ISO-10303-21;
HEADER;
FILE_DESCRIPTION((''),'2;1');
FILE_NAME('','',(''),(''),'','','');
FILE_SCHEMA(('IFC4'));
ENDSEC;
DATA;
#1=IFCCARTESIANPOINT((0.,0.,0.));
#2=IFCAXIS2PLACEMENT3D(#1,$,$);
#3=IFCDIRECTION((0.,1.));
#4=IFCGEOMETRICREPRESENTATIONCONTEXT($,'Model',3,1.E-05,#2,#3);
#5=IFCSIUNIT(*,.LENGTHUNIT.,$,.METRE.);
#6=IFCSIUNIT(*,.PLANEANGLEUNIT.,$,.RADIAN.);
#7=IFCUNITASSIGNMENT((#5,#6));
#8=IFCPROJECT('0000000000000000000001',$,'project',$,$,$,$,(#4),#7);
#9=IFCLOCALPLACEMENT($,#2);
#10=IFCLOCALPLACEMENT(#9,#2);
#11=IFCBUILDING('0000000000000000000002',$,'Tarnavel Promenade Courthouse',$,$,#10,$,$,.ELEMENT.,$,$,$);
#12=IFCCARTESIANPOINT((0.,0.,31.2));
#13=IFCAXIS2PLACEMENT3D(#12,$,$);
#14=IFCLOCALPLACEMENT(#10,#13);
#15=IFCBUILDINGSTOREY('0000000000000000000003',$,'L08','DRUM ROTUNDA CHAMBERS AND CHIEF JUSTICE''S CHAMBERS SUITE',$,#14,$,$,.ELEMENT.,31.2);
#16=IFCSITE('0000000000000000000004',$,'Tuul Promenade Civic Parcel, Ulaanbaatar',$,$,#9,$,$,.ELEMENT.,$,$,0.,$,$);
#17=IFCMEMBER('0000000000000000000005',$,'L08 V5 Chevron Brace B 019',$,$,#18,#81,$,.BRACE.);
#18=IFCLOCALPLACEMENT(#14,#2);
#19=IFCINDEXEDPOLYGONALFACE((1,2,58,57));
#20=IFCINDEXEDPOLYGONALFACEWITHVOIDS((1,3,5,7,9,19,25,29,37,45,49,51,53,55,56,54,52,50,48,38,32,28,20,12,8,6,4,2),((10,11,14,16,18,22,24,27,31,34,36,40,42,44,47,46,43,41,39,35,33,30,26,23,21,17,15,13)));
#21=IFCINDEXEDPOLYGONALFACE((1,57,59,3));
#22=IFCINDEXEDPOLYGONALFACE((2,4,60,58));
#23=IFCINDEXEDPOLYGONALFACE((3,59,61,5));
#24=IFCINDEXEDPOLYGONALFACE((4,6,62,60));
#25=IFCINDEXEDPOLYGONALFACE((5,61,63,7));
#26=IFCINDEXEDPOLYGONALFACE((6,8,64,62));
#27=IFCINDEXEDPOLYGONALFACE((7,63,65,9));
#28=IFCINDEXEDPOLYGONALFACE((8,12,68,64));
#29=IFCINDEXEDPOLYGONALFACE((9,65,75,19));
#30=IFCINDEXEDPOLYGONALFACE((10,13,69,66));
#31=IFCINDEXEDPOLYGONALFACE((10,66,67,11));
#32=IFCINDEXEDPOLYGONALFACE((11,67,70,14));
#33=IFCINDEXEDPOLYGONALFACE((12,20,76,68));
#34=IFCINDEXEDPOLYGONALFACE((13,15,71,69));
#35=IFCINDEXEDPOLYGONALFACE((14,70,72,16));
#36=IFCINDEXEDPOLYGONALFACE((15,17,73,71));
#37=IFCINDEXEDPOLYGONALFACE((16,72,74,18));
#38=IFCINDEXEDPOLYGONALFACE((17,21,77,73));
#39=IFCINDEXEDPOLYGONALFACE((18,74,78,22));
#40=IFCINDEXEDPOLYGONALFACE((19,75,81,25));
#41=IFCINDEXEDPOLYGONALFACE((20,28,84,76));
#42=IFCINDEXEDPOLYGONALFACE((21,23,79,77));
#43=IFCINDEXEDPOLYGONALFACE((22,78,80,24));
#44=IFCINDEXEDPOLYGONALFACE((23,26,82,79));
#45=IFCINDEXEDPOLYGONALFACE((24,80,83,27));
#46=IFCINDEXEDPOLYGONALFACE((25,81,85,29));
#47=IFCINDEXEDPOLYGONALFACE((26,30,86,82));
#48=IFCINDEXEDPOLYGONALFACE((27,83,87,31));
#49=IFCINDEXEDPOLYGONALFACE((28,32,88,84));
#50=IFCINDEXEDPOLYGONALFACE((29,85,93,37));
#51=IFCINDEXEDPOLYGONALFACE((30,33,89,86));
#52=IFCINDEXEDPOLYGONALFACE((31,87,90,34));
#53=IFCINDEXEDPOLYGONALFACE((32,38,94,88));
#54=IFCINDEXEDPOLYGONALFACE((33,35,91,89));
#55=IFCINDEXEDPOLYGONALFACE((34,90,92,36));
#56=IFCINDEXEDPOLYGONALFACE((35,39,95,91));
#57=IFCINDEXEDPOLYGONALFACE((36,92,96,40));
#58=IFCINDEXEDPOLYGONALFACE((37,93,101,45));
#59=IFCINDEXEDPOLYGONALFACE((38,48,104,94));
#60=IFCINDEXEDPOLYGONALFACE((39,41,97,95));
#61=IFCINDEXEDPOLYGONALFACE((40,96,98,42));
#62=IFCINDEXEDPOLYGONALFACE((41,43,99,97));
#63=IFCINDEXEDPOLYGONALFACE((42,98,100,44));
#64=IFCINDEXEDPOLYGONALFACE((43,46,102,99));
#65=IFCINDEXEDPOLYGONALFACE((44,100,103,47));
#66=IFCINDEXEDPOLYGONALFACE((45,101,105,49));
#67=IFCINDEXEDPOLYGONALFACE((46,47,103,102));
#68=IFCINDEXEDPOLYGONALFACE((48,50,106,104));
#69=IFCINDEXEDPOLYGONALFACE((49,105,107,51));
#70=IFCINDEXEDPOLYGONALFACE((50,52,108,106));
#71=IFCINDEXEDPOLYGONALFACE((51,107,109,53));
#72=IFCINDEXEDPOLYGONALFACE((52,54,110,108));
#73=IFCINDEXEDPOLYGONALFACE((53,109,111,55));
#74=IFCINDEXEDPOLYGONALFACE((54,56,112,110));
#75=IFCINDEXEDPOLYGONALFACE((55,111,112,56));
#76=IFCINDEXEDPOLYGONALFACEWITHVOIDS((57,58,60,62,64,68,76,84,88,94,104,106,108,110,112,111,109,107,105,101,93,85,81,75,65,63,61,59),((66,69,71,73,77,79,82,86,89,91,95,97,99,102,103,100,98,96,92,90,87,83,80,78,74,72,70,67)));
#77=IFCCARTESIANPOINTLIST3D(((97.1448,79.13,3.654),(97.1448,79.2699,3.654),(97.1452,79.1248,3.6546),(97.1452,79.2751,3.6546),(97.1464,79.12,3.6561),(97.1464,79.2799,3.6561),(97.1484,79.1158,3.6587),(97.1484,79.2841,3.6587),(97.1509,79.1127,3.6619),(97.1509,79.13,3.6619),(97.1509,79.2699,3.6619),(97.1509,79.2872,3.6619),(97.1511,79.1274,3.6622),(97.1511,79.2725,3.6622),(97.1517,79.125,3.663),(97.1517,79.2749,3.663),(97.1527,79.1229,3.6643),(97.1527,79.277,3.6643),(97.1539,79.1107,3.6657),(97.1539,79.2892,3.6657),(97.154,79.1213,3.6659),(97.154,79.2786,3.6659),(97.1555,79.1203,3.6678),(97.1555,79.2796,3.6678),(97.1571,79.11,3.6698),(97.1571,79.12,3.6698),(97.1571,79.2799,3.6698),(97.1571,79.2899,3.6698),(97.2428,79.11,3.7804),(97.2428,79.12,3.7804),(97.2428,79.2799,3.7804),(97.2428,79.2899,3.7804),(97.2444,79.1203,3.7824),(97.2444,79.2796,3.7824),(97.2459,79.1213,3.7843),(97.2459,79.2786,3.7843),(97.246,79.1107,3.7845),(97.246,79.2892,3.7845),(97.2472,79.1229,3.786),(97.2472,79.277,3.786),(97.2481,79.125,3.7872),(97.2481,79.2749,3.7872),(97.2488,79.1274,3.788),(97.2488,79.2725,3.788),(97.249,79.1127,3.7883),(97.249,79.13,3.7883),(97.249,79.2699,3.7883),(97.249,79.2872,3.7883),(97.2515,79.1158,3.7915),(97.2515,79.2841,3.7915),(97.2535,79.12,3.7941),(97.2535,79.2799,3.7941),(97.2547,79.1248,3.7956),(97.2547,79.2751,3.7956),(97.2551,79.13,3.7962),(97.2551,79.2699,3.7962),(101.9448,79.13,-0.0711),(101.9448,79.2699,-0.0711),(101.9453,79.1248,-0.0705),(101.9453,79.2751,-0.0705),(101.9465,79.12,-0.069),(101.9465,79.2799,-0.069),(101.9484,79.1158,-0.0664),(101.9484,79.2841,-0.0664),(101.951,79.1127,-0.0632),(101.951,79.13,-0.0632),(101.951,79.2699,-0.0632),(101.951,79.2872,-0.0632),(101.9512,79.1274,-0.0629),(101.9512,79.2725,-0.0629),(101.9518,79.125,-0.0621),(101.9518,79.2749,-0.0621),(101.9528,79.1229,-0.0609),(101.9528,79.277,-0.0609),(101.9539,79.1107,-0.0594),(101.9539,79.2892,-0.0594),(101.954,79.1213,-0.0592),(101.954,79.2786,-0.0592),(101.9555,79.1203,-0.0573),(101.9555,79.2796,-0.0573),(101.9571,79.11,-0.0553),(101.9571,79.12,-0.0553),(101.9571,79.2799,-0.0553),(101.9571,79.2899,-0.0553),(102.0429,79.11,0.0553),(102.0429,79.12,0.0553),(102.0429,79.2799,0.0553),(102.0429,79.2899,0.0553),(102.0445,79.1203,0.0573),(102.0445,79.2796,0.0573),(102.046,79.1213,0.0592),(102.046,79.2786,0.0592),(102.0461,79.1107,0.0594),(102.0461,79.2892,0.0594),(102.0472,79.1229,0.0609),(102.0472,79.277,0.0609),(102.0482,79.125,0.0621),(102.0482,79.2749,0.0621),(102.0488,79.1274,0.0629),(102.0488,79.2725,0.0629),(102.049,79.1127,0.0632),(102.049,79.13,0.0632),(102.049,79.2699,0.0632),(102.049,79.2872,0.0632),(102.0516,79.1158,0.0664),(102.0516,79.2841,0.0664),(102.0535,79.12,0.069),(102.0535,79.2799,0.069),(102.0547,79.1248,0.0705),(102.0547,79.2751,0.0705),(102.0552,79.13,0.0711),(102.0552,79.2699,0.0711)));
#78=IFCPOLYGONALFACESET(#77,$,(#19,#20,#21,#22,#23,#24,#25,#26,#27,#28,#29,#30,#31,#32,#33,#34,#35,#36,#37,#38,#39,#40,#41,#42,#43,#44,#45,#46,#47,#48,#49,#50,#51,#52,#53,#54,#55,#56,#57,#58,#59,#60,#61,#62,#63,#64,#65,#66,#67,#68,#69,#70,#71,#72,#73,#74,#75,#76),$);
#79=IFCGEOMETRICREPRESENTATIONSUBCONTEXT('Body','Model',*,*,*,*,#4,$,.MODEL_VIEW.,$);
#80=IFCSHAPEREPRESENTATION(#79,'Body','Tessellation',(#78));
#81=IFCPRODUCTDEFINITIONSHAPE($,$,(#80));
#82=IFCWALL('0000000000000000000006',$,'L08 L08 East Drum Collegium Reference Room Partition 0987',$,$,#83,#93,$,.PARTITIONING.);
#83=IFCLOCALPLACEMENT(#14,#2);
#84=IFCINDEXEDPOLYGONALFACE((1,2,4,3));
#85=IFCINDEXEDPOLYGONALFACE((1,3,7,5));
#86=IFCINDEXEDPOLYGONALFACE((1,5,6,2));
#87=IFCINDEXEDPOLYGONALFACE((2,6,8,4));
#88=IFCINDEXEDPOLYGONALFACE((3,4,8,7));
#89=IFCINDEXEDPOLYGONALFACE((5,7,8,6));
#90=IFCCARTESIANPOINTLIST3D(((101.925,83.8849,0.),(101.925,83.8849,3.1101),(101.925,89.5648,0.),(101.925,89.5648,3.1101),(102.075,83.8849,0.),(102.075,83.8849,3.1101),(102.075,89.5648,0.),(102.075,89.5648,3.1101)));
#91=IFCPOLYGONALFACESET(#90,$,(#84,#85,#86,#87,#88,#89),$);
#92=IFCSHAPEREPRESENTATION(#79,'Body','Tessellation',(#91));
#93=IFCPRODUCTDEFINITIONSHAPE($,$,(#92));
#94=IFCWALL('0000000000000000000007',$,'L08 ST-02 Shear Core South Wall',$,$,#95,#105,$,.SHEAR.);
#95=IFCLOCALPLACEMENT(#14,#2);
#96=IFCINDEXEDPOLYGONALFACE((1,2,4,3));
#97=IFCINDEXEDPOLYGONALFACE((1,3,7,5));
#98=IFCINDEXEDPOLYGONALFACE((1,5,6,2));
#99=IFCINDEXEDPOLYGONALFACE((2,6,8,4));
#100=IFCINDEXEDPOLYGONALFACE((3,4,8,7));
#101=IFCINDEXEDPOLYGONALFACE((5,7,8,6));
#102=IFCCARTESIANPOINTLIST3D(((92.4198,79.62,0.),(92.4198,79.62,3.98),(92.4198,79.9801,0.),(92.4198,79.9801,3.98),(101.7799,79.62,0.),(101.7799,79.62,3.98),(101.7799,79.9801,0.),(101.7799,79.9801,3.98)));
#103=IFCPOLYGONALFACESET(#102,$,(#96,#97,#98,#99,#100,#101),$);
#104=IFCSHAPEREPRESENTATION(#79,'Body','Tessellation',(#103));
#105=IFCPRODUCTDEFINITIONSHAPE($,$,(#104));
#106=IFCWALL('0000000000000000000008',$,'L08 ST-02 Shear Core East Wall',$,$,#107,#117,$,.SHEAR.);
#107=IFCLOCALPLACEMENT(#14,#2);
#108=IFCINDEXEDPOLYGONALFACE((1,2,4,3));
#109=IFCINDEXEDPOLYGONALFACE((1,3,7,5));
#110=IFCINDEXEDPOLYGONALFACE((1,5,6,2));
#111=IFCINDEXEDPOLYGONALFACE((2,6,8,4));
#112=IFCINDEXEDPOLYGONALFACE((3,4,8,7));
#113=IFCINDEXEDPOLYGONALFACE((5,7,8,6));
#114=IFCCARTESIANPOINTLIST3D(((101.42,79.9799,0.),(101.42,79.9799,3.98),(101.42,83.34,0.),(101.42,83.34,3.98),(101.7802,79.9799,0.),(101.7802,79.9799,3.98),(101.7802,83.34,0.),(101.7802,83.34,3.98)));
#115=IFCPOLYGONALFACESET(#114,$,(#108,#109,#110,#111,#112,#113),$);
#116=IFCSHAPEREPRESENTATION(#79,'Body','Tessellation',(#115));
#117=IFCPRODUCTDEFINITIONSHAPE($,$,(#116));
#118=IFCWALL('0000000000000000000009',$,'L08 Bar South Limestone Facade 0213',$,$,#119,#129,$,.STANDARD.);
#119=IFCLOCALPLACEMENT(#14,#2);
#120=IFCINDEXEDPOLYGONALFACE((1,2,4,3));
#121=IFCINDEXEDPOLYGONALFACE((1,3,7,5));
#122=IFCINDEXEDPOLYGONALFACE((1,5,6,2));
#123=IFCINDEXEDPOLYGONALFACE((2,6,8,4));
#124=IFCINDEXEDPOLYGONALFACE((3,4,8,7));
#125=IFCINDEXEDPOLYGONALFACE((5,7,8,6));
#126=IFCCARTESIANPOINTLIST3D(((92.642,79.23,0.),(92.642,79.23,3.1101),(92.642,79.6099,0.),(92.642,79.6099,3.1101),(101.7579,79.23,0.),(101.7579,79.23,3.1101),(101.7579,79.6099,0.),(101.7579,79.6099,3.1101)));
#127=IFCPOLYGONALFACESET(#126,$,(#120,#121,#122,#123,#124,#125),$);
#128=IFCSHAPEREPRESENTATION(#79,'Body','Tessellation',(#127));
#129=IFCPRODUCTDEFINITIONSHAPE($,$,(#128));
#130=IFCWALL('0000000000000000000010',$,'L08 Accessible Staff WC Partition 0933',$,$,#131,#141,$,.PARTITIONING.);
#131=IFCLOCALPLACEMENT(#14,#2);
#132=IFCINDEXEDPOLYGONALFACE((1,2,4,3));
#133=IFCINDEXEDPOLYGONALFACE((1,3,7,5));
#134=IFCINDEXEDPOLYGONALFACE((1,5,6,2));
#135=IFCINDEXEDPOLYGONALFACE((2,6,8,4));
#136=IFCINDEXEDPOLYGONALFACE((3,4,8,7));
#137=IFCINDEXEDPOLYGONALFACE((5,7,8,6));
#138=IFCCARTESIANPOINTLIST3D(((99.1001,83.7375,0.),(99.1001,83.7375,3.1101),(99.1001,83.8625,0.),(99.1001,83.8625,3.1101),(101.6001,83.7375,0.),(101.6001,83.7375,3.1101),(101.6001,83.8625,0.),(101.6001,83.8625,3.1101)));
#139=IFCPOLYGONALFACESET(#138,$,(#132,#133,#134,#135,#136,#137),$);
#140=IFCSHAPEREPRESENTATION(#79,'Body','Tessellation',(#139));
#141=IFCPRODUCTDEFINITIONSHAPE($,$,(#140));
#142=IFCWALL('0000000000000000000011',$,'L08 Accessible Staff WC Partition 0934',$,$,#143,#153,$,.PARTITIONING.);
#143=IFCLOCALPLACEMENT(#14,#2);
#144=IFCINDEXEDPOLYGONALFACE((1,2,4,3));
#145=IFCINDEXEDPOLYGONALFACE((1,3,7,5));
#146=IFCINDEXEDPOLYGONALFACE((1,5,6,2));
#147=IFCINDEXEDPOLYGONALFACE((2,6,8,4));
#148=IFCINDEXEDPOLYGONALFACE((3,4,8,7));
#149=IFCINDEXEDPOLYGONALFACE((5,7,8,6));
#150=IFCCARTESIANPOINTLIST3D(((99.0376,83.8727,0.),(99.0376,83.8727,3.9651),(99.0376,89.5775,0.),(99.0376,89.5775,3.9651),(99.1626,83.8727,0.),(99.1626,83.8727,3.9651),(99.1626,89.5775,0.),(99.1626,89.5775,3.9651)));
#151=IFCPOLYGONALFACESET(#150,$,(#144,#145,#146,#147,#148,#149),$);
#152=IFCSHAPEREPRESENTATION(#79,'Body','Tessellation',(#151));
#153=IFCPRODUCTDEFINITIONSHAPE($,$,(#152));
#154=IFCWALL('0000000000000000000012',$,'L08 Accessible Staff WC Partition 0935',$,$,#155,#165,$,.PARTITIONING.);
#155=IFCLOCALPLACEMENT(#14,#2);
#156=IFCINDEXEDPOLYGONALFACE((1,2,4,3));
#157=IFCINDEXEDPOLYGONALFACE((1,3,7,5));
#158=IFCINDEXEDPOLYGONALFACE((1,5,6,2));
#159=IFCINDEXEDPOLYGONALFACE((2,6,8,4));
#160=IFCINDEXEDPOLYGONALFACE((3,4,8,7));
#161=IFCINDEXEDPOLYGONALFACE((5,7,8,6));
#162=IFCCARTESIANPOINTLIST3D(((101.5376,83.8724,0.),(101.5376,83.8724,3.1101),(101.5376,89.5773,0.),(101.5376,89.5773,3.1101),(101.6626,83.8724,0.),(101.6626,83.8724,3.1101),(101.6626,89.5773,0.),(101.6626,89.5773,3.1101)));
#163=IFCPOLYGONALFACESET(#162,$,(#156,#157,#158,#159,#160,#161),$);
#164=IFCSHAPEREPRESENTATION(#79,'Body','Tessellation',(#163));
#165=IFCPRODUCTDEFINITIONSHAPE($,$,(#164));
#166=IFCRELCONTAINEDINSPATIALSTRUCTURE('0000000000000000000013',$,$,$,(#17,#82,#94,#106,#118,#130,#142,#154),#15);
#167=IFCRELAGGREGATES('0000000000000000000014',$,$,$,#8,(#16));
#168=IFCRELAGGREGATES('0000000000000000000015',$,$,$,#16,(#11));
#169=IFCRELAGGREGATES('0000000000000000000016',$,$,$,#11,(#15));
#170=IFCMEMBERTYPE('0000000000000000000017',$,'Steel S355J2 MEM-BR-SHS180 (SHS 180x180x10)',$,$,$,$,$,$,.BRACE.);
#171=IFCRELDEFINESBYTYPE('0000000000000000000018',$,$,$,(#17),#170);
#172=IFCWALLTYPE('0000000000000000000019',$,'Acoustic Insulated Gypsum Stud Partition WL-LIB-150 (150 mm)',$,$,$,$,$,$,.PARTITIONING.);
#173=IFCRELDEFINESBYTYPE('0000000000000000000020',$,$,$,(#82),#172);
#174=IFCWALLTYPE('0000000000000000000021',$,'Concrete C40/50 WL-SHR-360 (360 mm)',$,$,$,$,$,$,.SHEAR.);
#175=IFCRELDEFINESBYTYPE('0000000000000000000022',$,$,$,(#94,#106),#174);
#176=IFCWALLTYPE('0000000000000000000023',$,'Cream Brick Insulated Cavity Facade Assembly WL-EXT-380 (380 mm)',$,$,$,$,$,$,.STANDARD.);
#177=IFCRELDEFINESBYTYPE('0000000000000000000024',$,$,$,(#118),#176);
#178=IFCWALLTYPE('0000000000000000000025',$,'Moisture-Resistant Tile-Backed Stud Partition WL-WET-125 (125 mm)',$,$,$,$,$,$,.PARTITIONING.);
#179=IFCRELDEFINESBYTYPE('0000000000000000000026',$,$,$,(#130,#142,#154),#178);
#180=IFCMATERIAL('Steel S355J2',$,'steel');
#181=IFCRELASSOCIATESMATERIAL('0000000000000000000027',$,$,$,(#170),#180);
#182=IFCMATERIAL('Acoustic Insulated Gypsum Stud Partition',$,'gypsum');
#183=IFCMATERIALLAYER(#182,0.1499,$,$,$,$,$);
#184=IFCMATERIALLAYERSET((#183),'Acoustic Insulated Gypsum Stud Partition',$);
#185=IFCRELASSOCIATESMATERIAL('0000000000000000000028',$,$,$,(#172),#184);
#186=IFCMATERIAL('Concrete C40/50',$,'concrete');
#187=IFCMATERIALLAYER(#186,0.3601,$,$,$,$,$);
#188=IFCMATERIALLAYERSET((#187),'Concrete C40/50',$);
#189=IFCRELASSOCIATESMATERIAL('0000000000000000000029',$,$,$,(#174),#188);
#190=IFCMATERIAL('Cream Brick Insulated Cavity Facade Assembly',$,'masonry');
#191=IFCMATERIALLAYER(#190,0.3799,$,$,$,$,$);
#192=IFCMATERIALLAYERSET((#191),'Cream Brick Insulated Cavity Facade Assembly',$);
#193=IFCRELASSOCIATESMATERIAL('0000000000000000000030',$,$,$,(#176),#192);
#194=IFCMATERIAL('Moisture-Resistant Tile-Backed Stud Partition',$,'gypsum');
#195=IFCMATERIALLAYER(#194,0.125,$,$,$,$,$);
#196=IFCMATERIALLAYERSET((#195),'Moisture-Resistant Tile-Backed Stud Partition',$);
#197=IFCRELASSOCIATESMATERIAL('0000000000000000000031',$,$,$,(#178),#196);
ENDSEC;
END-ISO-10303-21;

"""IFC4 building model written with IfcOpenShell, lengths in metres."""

from ifc_helpers import new_model, si_unit, direction, frame, frame_2d, origin, origin_2d, place, context, subcontext, project, spatial, rectangle, hollow_rectangle, extrude, material, layer, layer_set, material_profile, profile_set, type_object, element, save


model = new_model("IFC4")

# Units and contexts
model_context = context("Model", 3, precision=1e-05, world=origin(), true_north=direction((0.0, 1.0)))
body_context = subcontext(model_context, "Body", "Model", "MODEL_VIEW")
ifc_project = project(units=[si_unit("LENGTHUNIT", "METRE"), si_unit("PLANEANGLEUNIT", "RADIAN")], contexts=[model_context])

# Site, building, storey
site_placement = place(None, origin())
site = spatial("IfcSite", under=ifc_project, at=site_placement, Name="Tuul Promenade Civic Parcel, Ulaanbaatar", CompositionType="ELEMENT", RefElevation=0.0)
building_placement = place(site_placement, origin())
building = spatial("IfcBuilding", under=site, at=building_placement, Name="Tarnavel Promenade Courthouse", CompositionType="ELEMENT")
storey_placement = place(building_placement, frame((0.0, 0.0, 31.2)))
storey = spatial("IfcBuildingStorey", under=building, at=storey_placement, Name="L08", Description="DRUM ROTUNDA CHAMBERS AND CHIEF JUSTICE'S CHAMBERS SUITE", CompositionType="ELEMENT", Elevation=31.2)

# Shared definitions
ifc_material_1 = material(Name="Concrete C40/50", Category="concrete")

# Shared definitions
ifc_material_2 = material(Name="Steel S355J2", Category="steel")

# Member
ifc_material_profile_1 = material_profile(ifc_material_2, hollow_rectangle(XDim=0.1799, YDim=0.1799, WallThickness=0.01, InnerFilletRadius=0.01, OuterFilletRadius=0.02, at=origin_2d()), Name="SHS 180x180x10")
ifc_profile_set_1 = profile_set([ifc_material_profile_1], Name="Steel S355J2")
member_type = type_object("IfcMemberType", Name="Steel S355J2 MEM-BR-SHS180 (SHS 180x180x10)", PredefinedType="BRACE", material=ifc_profile_set_1)
member_placement = place(storey_placement, frame((102.0, 79.2, 0.0), z_axis=(-0.790012, 0.0, 0.613092), x_axis=(0.0, -1.0, 0.0)))
element("IfcMember", 1, at=member_placement, inside=storey, type_object=member_type, Name="L08 V5 Chevron Brace B 019", PredefinedType="BRACE", context=body_context, shape_type="SweptSolid", body=[
    extrude(hollow_rectangle(XDim=0.1799, YDim=0.1799, WallThickness=0.01, InnerFilletRadius=0.01, OuterFilletRadius=0.02, at=origin_2d()), origin(), (0.0, 0.0, 1.0), 6.0759),
])

# Walls
ifc_material_3 = material(Name="Acoustic Insulated Gypsum Stud Partition", Category="gypsum")
ifc_layer_1 = layer(ifc_material_3, 0.1499)
ifc_layer_set_1 = layer_set([ifc_layer_1], Name="Acoustic Insulated Gypsum Stud Partition")
wall_type_1 = type_object("IfcWallType", Name="Acoustic Insulated Gypsum Stud Partition WL-LIB-150 (150 mm)", PredefinedType="PARTITIONING", material=ifc_layer_set_1)
wall_1_placement = place(storey_placement, frame((102.0, 83.885, 0.0), z_axis=(0.0, 0.0, 1.0), x_axis=(0.0, 1.0, 0.0)))
element("IfcWall", 2, at=wall_1_placement, inside=storey, type_object=wall_type_1, Name="L08 L08 East Drum Collegium Reference Room Partition 0987", PredefinedType="PARTITIONING", context=body_context, shape_type="SweptSolid", body=[
    extrude(rectangle(XDim=5.6799, YDim=0.1499, at=frame_2d((2.8398, 0.0))), origin(), (0.0, 0.0, 1.0), 3.1101),
])
ifc_layer_2 = layer(ifc_material_1, 0.3601)
ifc_layer_set_2 = layer_set([ifc_layer_2], Name="Concrete C40/50")
wall_type_2 = type_object("IfcWallType", Name="Concrete C40/50 WL-SHR-360 (360 mm)", PredefinedType="SHEAR", material=ifc_layer_set_2)
wall_2_placement = place(storey_placement, frame((101.78, 79.8, 0.0), z_axis=(0.0, 0.0, 1.0), x_axis=(-1.0, 0.0, 0.0)))
element("IfcWall", 3, at=wall_2_placement, inside=storey, type_object=wall_type_2, Name="L08 ST-02 Shear Core South Wall", PredefinedType="SHEAR", context=body_context, shape_type="SweptSolid", body=[
    extrude(rectangle(XDim=9.3601, YDim=0.3601, at=frame_2d((4.6802, 0.0))), origin(), (0.0, 0.0, 1.0), 3.98),
])
wall_3_placement = place(storey_placement, frame((101.6001, 83.3401, 0.0), z_axis=(0.0, 0.0, 1.0), x_axis=(0.0, -1.0, 0.0)))
element("IfcWall", 4, at=wall_3_placement, inside=storey, type_object=wall_type_2, Name="L08 ST-02 Shear Core East Wall", PredefinedType="SHEAR", context=body_context, shape_type="SweptSolid", body=[
    extrude(rectangle(XDim=3.3601, YDim=0.3601, at=frame_2d((1.6802, 0.0))), origin(), (0.0, 0.0, 1.0), 3.98),
])
ifc_material_4 = material(Name="Cream Brick Insulated Cavity Facade Assembly", Category="masonry")
ifc_layer_3 = layer(ifc_material_4, 0.3799)
ifc_layer_set_3 = layer_set([ifc_layer_3], Name="Cream Brick Insulated Cavity Facade Assembly")
wall_type_3 = type_object("IfcWallType", Name="Cream Brick Insulated Cavity Facade Assembly WL-EXT-380 (380 mm)", PredefinedType="STANDARD", material=ifc_layer_set_3)
wall_4_placement = place(storey_placement, frame((101.7581, 79.4199, 0.0), z_axis=(0.0, 0.0, 1.0), x_axis=(-1.0, 0.0, 0.0)))
element("IfcWall", 5, at=wall_4_placement, inside=storey, type_object=wall_type_3, Name="L08 Bar South Limestone Facade 0213", PredefinedType="STANDARD", context=body_context, shape_type="SweptSolid", body=[
    extrude(rectangle(XDim=9.116, YDim=0.3799, at=frame_2d((4.5581, 0.0))), origin(), (0.0, 0.0, 1.0), 3.1101),
])
ifc_material_5 = material(Name="Moisture-Resistant Tile-Backed Stud Partition", Category="gypsum")
ifc_layer_4 = layer(ifc_material_5, 0.125)
ifc_layer_set_4 = layer_set([ifc_layer_4], Name="Moisture-Resistant Tile-Backed Stud Partition")
wall_type_4 = type_object("IfcWallType", Name="Moisture-Resistant Tile-Backed Stud Partition WL-WET-125 (125 mm)", PredefinedType="PARTITIONING", material=ifc_layer_set_4)
wall_5_placement = place(storey_placement, frame((101.6001, 83.8, 0.0), z_axis=(0.0, 0.0, 1.0), x_axis=(-1.0, 0.0, 0.0)))
element("IfcWall", 6, at=wall_5_placement, inside=storey, type_object=wall_type_4, Name="L08 Accessible Staff WC Partition 0933", PredefinedType="PARTITIONING", context=body_context, shape_type="SweptSolid", body=[
    extrude(rectangle(XDim=2.5, YDim=0.125, at=frame_2d((1.25, 0.0))), origin(), (0.0, 0.0, 1.0), 3.1101),
])
wall_6_placement = place(storey_placement, frame((99.1001, 83.8726, 0.0), z_axis=(0.0, 0.0, 1.0), x_axis=(0.0, 1.0, 0.0)))
element("IfcWall", 7, at=wall_6_placement, inside=storey, type_object=wall_type_4, Name="L08 Accessible Staff WC Partition 0934", PredefinedType="PARTITIONING", context=body_context, shape_type="SweptSolid", body=[
    extrude(rectangle(XDim=5.7048, YDim=0.125, at=frame_2d((2.8525, 0.0))), origin(), (0.0, 0.0, 1.0), 3.9651),
])
wall_7_placement = place(storey_placement, frame((101.6001, 89.5774, 0.0), z_axis=(0.0, 0.0, 1.0), x_axis=(0.0, -1.0, 0.0)))
element("IfcWall", 8, at=wall_7_placement, inside=storey, type_object=wall_type_4, Name="L08 Accessible Staff WC Partition 0935", PredefinedType="PARTITIONING", context=body_context, shape_type="SweptSolid", body=[
    extrude(rectangle(XDim=5.7048, YDim=0.125, at=frame_2d((2.8525, 0.0))), origin(), (0.0, 0.0, 1.0), 3.1101),
])

save(model, "model.ifc")
